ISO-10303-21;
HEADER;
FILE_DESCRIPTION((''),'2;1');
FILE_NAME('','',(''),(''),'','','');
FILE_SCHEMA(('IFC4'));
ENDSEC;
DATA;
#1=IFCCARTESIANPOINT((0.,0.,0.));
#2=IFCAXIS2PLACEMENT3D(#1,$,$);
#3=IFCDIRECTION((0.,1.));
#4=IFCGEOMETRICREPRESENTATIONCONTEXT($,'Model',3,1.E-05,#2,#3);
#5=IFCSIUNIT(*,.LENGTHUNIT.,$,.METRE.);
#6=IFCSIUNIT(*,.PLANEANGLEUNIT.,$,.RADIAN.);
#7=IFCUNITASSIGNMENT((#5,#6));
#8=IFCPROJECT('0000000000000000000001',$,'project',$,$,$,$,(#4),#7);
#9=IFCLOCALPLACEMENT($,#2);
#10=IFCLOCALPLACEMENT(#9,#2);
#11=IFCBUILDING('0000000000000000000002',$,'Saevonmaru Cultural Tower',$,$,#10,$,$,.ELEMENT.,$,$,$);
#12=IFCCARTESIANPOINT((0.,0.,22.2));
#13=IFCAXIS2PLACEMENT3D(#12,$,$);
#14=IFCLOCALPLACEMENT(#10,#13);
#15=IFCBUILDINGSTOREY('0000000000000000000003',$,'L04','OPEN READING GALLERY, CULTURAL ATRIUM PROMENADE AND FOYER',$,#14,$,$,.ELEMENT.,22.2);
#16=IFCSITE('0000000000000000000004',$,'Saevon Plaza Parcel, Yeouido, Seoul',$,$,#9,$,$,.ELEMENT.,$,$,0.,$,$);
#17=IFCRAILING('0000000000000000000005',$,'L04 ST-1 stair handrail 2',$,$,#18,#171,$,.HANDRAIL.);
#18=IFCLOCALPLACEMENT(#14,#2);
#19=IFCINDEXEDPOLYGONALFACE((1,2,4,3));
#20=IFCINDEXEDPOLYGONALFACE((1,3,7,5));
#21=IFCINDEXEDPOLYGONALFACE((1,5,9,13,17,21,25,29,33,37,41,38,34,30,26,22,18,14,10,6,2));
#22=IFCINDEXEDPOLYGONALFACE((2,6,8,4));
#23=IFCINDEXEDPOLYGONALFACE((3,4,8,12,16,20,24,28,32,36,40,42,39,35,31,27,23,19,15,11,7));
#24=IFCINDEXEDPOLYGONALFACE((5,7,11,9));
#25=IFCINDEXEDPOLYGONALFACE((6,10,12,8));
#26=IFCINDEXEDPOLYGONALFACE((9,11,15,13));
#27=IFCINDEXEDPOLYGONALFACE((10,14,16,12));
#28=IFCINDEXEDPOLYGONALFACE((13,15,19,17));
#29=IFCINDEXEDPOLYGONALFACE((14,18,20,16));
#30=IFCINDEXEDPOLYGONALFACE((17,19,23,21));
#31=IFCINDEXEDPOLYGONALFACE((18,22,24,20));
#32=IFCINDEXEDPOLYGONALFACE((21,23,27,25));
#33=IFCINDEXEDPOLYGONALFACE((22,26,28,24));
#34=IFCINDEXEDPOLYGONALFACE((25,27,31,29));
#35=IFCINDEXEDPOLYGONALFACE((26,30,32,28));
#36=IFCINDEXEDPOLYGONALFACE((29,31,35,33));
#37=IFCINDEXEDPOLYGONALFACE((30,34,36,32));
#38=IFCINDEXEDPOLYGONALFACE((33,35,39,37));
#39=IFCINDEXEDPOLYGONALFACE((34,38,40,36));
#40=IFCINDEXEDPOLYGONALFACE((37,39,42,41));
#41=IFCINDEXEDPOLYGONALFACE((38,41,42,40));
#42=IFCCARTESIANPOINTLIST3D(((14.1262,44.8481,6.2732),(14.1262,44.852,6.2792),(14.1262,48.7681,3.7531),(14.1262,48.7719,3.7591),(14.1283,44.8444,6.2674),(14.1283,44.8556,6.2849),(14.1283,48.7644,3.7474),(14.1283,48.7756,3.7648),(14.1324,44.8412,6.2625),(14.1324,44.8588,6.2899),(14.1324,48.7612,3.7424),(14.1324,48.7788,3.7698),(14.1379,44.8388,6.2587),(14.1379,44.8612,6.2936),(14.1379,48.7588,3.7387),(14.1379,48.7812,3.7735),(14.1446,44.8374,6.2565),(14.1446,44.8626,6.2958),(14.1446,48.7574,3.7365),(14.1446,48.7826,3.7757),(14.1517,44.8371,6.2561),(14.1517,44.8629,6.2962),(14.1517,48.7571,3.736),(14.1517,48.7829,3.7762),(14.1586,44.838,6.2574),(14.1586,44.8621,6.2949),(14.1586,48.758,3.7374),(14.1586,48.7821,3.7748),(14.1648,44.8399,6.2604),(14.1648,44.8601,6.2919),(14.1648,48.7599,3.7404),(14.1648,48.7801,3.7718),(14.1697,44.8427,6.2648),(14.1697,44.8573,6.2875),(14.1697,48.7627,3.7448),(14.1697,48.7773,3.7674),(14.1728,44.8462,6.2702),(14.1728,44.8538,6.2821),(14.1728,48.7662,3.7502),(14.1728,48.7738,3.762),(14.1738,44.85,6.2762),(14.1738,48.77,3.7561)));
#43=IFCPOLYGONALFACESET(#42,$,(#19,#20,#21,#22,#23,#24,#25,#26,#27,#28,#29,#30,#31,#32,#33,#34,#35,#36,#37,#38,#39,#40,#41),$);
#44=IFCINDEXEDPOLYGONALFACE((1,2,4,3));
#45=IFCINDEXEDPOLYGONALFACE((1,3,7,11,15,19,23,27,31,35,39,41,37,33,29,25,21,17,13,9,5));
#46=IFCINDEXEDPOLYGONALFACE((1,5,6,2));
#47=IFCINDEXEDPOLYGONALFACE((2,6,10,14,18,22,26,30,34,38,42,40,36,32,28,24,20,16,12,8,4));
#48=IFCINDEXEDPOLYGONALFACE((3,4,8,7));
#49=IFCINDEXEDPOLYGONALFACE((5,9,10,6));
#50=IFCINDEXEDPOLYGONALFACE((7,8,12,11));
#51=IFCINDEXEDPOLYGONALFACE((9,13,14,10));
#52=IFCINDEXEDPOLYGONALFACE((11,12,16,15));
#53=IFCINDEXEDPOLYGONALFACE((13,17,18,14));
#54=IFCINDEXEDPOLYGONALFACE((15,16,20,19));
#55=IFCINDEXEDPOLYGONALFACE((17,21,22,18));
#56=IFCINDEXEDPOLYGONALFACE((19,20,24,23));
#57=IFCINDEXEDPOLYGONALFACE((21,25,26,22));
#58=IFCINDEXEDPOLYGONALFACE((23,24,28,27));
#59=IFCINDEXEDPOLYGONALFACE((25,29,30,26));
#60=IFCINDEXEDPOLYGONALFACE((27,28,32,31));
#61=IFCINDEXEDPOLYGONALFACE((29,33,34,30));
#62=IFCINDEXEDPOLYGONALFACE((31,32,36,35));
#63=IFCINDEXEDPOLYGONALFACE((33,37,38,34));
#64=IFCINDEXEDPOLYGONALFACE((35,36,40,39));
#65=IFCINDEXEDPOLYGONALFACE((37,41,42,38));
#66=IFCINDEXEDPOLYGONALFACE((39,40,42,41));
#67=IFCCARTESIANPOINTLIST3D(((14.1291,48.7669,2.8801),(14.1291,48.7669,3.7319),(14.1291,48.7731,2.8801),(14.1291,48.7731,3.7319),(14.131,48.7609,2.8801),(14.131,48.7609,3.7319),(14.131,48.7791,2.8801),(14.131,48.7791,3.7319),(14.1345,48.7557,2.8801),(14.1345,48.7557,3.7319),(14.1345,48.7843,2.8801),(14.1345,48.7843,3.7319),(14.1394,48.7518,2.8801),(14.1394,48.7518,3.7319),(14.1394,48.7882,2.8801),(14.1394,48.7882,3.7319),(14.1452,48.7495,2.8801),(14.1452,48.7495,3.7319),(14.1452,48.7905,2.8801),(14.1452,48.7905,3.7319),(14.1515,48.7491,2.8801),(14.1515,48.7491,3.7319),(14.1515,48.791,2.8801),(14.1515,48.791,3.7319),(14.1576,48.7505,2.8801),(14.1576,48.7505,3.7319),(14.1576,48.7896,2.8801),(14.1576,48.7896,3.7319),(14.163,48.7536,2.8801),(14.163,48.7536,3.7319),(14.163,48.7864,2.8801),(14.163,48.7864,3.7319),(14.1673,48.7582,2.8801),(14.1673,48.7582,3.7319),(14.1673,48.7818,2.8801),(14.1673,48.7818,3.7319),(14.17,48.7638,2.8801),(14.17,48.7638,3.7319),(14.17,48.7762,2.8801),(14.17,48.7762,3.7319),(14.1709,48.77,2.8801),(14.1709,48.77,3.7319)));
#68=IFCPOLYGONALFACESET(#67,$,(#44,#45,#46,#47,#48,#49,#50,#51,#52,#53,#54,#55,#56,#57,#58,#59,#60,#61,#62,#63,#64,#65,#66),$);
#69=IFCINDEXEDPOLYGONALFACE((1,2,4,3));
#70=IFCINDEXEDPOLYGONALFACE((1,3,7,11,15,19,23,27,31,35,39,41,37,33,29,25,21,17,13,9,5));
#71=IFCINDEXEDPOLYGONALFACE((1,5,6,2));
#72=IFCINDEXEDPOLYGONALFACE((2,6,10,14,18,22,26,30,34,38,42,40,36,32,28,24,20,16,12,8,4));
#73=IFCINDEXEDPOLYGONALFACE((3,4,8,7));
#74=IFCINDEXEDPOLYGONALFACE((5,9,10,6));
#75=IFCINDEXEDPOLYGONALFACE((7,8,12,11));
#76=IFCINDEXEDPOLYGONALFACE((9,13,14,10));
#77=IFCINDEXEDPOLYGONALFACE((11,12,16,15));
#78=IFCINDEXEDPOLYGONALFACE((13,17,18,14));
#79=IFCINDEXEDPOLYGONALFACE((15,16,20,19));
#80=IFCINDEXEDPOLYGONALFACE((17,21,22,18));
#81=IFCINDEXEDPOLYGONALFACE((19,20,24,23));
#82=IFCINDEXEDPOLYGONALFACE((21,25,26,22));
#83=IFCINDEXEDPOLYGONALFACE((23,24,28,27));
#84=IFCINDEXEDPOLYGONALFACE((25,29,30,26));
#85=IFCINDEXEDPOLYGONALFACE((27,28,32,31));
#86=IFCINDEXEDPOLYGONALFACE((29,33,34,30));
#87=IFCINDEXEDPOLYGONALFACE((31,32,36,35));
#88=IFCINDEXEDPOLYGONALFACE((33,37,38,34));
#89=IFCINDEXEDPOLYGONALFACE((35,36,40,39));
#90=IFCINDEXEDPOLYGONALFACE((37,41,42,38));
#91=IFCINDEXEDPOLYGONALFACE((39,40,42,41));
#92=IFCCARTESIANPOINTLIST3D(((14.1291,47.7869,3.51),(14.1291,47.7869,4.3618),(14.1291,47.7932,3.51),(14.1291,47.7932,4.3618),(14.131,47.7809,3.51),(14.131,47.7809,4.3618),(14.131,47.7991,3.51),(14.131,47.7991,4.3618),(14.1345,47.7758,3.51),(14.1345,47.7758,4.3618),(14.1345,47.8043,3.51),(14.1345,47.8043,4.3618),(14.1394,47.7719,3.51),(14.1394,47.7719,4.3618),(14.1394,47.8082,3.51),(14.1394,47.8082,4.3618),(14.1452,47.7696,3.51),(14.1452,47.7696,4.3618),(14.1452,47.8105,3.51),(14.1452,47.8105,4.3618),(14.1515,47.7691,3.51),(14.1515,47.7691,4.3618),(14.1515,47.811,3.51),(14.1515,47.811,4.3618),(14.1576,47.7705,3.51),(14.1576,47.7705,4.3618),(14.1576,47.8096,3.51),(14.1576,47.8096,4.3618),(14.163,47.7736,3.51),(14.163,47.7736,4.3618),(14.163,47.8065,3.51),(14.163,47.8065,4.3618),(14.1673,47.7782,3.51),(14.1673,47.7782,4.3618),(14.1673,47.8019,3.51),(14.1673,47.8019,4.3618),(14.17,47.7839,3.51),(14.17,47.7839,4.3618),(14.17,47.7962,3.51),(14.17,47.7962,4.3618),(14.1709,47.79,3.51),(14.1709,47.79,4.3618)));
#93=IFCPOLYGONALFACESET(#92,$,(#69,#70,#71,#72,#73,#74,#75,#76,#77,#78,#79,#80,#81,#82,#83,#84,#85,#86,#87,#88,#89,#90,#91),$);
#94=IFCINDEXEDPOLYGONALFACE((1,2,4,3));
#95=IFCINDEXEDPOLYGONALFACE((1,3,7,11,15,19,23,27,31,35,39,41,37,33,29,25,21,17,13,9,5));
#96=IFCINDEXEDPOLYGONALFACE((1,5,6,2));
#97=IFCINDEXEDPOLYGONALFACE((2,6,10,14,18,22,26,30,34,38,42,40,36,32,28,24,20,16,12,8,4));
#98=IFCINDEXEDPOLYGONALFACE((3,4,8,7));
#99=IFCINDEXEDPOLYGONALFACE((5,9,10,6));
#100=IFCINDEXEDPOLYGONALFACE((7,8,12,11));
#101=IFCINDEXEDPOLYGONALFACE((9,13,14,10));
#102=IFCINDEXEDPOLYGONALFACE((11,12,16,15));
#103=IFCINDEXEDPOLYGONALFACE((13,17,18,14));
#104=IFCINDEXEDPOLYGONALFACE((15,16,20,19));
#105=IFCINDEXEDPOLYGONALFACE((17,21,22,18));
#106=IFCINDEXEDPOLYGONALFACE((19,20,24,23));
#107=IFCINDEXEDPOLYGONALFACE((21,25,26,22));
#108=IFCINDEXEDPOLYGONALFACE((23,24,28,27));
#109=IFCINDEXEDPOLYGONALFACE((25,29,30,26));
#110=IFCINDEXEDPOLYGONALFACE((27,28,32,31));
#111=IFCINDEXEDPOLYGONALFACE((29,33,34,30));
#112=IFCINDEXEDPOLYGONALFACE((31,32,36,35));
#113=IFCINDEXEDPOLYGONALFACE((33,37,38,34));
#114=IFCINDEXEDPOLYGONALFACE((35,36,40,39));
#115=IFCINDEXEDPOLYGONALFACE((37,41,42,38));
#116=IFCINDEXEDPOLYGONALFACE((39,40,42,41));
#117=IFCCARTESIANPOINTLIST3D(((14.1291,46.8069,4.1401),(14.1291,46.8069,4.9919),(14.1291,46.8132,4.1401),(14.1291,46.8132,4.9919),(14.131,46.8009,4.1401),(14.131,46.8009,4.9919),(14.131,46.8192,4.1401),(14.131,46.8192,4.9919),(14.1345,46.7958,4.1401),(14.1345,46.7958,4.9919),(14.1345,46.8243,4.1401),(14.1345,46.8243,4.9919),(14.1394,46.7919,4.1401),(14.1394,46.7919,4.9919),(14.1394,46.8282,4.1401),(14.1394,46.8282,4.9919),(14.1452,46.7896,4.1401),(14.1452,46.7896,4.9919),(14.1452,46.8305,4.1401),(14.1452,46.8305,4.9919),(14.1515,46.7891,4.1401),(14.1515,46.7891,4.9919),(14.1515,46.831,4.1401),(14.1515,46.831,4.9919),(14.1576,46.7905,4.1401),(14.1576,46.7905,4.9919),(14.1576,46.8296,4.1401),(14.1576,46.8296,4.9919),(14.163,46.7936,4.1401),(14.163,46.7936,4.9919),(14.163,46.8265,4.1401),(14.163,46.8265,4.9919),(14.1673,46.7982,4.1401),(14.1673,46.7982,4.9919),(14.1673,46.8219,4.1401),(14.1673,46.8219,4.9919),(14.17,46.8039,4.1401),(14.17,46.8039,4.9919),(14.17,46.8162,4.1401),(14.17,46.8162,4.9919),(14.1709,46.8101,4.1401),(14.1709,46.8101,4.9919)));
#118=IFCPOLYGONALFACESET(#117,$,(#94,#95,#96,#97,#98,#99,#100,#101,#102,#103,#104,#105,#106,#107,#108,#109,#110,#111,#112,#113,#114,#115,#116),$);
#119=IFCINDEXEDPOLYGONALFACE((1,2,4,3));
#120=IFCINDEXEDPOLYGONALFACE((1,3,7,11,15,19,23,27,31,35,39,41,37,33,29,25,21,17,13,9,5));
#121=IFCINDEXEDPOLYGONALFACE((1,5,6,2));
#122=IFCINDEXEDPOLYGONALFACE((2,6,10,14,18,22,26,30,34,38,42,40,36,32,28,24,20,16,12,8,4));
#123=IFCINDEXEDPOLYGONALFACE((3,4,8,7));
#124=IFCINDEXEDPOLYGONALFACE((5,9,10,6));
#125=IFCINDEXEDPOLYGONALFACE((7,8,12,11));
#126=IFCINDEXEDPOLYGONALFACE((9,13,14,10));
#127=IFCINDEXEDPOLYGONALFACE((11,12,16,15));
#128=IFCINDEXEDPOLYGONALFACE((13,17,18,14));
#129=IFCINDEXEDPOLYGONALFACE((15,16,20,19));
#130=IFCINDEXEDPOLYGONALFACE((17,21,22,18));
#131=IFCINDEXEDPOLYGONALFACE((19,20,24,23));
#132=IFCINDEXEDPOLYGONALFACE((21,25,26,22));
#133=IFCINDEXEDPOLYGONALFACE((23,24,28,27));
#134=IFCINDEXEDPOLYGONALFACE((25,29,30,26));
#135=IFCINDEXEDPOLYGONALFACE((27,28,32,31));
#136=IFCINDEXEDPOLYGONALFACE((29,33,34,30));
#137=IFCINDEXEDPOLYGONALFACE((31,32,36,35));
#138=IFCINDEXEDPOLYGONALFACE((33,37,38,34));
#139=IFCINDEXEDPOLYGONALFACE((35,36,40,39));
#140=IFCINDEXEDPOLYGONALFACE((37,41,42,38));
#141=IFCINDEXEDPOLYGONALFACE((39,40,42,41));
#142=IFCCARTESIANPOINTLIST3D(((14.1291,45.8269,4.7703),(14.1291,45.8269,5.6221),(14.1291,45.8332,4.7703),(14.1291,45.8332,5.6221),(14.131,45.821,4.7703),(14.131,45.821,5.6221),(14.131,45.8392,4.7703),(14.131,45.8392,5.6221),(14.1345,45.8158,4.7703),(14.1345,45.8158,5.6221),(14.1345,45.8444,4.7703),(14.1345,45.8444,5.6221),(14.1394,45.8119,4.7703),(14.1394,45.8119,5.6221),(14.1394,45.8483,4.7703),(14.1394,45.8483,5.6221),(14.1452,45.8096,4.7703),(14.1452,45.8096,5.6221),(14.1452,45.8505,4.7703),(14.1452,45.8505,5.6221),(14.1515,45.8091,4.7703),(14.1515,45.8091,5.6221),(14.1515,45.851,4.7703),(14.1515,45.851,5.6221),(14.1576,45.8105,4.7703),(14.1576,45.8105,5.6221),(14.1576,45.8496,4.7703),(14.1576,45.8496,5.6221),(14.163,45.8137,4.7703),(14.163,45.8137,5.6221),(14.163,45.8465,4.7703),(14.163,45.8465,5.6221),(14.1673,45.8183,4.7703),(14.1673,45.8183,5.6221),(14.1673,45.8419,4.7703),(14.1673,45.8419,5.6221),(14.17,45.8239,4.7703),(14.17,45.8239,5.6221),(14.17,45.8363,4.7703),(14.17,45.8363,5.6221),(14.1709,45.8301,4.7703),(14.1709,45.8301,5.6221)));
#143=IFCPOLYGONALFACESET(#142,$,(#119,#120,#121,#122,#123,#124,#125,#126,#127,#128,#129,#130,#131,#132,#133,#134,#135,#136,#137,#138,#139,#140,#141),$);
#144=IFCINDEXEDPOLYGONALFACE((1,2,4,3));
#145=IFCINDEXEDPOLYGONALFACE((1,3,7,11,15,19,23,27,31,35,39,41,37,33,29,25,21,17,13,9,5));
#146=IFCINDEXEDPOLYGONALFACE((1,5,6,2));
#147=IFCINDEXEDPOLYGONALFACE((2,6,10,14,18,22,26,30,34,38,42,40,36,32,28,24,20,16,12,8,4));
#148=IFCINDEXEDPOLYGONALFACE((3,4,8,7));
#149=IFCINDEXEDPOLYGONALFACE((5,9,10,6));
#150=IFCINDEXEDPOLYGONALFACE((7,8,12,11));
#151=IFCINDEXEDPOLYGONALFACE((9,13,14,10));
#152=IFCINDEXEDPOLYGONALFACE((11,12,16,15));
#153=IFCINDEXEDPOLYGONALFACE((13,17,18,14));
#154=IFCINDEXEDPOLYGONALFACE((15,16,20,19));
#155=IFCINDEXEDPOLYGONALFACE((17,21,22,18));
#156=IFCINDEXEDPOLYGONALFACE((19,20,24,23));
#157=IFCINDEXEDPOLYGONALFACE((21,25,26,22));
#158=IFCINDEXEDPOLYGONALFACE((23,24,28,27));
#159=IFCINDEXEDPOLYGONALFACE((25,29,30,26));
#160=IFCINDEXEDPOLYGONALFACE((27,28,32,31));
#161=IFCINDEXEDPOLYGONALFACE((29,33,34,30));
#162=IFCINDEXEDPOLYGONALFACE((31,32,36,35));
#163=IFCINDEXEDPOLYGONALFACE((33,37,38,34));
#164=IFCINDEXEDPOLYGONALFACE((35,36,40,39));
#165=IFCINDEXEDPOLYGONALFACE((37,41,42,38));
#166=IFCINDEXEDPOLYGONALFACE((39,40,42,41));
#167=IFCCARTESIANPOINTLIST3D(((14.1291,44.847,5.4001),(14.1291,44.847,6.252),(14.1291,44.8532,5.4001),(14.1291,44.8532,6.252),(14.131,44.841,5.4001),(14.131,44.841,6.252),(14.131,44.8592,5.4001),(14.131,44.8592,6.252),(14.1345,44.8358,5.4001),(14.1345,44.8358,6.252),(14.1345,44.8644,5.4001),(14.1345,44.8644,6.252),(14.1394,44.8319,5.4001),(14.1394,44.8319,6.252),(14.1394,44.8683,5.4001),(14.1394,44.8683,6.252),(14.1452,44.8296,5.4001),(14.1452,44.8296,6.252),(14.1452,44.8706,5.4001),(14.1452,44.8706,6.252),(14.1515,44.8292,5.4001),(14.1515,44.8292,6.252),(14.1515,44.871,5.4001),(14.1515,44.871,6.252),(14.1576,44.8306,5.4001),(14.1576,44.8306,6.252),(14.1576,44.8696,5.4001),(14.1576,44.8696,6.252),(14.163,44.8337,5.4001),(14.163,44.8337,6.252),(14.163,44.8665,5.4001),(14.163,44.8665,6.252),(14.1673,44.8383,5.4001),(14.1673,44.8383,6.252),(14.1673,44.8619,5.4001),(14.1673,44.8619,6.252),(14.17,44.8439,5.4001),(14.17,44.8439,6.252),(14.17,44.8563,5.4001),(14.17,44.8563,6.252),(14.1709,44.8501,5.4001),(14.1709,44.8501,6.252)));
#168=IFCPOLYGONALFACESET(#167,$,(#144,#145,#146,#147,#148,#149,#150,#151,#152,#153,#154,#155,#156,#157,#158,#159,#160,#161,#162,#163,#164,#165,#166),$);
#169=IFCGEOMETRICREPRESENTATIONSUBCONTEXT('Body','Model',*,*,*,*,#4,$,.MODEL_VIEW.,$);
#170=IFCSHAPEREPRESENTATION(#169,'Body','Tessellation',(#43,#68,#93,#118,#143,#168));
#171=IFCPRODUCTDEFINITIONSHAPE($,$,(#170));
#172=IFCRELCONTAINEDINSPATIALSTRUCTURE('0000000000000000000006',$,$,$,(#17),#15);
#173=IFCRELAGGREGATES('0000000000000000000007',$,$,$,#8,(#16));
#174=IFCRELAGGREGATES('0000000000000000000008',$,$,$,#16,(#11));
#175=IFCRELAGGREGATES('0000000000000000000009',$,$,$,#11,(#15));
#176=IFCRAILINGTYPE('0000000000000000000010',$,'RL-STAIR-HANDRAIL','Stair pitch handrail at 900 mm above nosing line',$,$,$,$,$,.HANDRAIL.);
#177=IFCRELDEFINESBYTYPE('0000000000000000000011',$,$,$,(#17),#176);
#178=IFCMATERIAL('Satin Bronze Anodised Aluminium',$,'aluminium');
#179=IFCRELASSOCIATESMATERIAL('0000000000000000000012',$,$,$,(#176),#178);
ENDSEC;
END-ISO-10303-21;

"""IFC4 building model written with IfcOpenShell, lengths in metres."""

from ifc_helpers import new_model, si_unit, direction, frame, origin, origin_2d, place, context, subcontext, project, spatial, circle, extrude, material, type_object, element, save


model = new_model("IFC4")

# Units and contexts
model_context = context("Model", 3, precision=1e-05, world=origin(), true_north=direction((0.0, 1.0)))
body_context = subcontext(model_context, "Body", "Model", "MODEL_VIEW")
ifc_project = project(units=[si_unit("LENGTHUNIT", "METRE"), si_unit("PLANEANGLEUNIT", "RADIAN")], contexts=[model_context])

# Site, building, storey
site_placement = place(None, origin())
site = spatial("IfcSite", under=ifc_project, at=site_placement, Name="Saevon Plaza Parcel, Yeouido, Seoul", CompositionType="ELEMENT", RefElevation=0.0)
building_placement = place(site_placement, origin())
building = spatial("IfcBuilding", under=site, at=building_placement, Name="Saevonmaru Cultural Tower", CompositionType="ELEMENT")
storey_placement = place(building_placement, frame((0.0, 0.0, 22.2)))
storey = spatial("IfcBuildingStorey", under=building, at=storey_placement, Name="L04", Description="OPEN READING GALLERY, CULTURAL ATRIUM PROMENADE AND FOYER", CompositionType="ELEMENT", Elevation=22.2)

# Shared definitions
ifc_material_1 = material(Name="Satin Bronze Anodised Aluminium", Category="aluminium")

# Railing
railing_type_1 = type_object("IfcRailingType", Name="RL-STAIR-HANDRAIL", Description="Stair pitch handrail at 900 mm above nosing line", PredefinedType="HANDRAIL", material=ifc_material_1)
railing_1_placement = place(storey_placement, frame((14.1499, 48.77, 2.8801)))
element("IfcRailing", 1, at=railing_1_placement, inside=storey, type_object=railing_type_1, Name="L04 ST-1 stair handrail 2", PredefinedType="HANDRAIL", context=body_context, shape_type="SweptSolid", body=[
    extrude(circle(Radius=0.0239, at=origin_2d()), frame((0.0, 0.0, 0.876), z_axis=(0.0, -0.841172, 0.540768), x_axis=(1.0, 0.0, 0.0)), (0.0, 0.0, 1.0), 4.6602),
    extrude(circle(Radius=0.021, at=origin_2d()), origin(), (0.0, 0.0, 1.0), 0.8518),
    extrude(circle(Radius=0.021, at=origin_2d()), frame((0.0, -0.98, 0.6299)), (0.0, 0.0, 1.0), 0.8518),
    extrude(circle(Radius=0.021, at=origin_2d()), frame((0.0, -1.96, 1.26)), (0.0, 0.0, 1.0), 0.8518),
    extrude(circle(Radius=0.021, at=origin_2d()), frame((0.0, -2.9399, 1.8901)), (0.0, 0.0, 1.0), 0.8518),
    extrude(circle(Radius=0.021, at=origin_2d()), frame((0.0, -3.9199, 2.52)), (0.0, 0.0, 1.0), 0.8518),
])

save(model, "model.ifc")
